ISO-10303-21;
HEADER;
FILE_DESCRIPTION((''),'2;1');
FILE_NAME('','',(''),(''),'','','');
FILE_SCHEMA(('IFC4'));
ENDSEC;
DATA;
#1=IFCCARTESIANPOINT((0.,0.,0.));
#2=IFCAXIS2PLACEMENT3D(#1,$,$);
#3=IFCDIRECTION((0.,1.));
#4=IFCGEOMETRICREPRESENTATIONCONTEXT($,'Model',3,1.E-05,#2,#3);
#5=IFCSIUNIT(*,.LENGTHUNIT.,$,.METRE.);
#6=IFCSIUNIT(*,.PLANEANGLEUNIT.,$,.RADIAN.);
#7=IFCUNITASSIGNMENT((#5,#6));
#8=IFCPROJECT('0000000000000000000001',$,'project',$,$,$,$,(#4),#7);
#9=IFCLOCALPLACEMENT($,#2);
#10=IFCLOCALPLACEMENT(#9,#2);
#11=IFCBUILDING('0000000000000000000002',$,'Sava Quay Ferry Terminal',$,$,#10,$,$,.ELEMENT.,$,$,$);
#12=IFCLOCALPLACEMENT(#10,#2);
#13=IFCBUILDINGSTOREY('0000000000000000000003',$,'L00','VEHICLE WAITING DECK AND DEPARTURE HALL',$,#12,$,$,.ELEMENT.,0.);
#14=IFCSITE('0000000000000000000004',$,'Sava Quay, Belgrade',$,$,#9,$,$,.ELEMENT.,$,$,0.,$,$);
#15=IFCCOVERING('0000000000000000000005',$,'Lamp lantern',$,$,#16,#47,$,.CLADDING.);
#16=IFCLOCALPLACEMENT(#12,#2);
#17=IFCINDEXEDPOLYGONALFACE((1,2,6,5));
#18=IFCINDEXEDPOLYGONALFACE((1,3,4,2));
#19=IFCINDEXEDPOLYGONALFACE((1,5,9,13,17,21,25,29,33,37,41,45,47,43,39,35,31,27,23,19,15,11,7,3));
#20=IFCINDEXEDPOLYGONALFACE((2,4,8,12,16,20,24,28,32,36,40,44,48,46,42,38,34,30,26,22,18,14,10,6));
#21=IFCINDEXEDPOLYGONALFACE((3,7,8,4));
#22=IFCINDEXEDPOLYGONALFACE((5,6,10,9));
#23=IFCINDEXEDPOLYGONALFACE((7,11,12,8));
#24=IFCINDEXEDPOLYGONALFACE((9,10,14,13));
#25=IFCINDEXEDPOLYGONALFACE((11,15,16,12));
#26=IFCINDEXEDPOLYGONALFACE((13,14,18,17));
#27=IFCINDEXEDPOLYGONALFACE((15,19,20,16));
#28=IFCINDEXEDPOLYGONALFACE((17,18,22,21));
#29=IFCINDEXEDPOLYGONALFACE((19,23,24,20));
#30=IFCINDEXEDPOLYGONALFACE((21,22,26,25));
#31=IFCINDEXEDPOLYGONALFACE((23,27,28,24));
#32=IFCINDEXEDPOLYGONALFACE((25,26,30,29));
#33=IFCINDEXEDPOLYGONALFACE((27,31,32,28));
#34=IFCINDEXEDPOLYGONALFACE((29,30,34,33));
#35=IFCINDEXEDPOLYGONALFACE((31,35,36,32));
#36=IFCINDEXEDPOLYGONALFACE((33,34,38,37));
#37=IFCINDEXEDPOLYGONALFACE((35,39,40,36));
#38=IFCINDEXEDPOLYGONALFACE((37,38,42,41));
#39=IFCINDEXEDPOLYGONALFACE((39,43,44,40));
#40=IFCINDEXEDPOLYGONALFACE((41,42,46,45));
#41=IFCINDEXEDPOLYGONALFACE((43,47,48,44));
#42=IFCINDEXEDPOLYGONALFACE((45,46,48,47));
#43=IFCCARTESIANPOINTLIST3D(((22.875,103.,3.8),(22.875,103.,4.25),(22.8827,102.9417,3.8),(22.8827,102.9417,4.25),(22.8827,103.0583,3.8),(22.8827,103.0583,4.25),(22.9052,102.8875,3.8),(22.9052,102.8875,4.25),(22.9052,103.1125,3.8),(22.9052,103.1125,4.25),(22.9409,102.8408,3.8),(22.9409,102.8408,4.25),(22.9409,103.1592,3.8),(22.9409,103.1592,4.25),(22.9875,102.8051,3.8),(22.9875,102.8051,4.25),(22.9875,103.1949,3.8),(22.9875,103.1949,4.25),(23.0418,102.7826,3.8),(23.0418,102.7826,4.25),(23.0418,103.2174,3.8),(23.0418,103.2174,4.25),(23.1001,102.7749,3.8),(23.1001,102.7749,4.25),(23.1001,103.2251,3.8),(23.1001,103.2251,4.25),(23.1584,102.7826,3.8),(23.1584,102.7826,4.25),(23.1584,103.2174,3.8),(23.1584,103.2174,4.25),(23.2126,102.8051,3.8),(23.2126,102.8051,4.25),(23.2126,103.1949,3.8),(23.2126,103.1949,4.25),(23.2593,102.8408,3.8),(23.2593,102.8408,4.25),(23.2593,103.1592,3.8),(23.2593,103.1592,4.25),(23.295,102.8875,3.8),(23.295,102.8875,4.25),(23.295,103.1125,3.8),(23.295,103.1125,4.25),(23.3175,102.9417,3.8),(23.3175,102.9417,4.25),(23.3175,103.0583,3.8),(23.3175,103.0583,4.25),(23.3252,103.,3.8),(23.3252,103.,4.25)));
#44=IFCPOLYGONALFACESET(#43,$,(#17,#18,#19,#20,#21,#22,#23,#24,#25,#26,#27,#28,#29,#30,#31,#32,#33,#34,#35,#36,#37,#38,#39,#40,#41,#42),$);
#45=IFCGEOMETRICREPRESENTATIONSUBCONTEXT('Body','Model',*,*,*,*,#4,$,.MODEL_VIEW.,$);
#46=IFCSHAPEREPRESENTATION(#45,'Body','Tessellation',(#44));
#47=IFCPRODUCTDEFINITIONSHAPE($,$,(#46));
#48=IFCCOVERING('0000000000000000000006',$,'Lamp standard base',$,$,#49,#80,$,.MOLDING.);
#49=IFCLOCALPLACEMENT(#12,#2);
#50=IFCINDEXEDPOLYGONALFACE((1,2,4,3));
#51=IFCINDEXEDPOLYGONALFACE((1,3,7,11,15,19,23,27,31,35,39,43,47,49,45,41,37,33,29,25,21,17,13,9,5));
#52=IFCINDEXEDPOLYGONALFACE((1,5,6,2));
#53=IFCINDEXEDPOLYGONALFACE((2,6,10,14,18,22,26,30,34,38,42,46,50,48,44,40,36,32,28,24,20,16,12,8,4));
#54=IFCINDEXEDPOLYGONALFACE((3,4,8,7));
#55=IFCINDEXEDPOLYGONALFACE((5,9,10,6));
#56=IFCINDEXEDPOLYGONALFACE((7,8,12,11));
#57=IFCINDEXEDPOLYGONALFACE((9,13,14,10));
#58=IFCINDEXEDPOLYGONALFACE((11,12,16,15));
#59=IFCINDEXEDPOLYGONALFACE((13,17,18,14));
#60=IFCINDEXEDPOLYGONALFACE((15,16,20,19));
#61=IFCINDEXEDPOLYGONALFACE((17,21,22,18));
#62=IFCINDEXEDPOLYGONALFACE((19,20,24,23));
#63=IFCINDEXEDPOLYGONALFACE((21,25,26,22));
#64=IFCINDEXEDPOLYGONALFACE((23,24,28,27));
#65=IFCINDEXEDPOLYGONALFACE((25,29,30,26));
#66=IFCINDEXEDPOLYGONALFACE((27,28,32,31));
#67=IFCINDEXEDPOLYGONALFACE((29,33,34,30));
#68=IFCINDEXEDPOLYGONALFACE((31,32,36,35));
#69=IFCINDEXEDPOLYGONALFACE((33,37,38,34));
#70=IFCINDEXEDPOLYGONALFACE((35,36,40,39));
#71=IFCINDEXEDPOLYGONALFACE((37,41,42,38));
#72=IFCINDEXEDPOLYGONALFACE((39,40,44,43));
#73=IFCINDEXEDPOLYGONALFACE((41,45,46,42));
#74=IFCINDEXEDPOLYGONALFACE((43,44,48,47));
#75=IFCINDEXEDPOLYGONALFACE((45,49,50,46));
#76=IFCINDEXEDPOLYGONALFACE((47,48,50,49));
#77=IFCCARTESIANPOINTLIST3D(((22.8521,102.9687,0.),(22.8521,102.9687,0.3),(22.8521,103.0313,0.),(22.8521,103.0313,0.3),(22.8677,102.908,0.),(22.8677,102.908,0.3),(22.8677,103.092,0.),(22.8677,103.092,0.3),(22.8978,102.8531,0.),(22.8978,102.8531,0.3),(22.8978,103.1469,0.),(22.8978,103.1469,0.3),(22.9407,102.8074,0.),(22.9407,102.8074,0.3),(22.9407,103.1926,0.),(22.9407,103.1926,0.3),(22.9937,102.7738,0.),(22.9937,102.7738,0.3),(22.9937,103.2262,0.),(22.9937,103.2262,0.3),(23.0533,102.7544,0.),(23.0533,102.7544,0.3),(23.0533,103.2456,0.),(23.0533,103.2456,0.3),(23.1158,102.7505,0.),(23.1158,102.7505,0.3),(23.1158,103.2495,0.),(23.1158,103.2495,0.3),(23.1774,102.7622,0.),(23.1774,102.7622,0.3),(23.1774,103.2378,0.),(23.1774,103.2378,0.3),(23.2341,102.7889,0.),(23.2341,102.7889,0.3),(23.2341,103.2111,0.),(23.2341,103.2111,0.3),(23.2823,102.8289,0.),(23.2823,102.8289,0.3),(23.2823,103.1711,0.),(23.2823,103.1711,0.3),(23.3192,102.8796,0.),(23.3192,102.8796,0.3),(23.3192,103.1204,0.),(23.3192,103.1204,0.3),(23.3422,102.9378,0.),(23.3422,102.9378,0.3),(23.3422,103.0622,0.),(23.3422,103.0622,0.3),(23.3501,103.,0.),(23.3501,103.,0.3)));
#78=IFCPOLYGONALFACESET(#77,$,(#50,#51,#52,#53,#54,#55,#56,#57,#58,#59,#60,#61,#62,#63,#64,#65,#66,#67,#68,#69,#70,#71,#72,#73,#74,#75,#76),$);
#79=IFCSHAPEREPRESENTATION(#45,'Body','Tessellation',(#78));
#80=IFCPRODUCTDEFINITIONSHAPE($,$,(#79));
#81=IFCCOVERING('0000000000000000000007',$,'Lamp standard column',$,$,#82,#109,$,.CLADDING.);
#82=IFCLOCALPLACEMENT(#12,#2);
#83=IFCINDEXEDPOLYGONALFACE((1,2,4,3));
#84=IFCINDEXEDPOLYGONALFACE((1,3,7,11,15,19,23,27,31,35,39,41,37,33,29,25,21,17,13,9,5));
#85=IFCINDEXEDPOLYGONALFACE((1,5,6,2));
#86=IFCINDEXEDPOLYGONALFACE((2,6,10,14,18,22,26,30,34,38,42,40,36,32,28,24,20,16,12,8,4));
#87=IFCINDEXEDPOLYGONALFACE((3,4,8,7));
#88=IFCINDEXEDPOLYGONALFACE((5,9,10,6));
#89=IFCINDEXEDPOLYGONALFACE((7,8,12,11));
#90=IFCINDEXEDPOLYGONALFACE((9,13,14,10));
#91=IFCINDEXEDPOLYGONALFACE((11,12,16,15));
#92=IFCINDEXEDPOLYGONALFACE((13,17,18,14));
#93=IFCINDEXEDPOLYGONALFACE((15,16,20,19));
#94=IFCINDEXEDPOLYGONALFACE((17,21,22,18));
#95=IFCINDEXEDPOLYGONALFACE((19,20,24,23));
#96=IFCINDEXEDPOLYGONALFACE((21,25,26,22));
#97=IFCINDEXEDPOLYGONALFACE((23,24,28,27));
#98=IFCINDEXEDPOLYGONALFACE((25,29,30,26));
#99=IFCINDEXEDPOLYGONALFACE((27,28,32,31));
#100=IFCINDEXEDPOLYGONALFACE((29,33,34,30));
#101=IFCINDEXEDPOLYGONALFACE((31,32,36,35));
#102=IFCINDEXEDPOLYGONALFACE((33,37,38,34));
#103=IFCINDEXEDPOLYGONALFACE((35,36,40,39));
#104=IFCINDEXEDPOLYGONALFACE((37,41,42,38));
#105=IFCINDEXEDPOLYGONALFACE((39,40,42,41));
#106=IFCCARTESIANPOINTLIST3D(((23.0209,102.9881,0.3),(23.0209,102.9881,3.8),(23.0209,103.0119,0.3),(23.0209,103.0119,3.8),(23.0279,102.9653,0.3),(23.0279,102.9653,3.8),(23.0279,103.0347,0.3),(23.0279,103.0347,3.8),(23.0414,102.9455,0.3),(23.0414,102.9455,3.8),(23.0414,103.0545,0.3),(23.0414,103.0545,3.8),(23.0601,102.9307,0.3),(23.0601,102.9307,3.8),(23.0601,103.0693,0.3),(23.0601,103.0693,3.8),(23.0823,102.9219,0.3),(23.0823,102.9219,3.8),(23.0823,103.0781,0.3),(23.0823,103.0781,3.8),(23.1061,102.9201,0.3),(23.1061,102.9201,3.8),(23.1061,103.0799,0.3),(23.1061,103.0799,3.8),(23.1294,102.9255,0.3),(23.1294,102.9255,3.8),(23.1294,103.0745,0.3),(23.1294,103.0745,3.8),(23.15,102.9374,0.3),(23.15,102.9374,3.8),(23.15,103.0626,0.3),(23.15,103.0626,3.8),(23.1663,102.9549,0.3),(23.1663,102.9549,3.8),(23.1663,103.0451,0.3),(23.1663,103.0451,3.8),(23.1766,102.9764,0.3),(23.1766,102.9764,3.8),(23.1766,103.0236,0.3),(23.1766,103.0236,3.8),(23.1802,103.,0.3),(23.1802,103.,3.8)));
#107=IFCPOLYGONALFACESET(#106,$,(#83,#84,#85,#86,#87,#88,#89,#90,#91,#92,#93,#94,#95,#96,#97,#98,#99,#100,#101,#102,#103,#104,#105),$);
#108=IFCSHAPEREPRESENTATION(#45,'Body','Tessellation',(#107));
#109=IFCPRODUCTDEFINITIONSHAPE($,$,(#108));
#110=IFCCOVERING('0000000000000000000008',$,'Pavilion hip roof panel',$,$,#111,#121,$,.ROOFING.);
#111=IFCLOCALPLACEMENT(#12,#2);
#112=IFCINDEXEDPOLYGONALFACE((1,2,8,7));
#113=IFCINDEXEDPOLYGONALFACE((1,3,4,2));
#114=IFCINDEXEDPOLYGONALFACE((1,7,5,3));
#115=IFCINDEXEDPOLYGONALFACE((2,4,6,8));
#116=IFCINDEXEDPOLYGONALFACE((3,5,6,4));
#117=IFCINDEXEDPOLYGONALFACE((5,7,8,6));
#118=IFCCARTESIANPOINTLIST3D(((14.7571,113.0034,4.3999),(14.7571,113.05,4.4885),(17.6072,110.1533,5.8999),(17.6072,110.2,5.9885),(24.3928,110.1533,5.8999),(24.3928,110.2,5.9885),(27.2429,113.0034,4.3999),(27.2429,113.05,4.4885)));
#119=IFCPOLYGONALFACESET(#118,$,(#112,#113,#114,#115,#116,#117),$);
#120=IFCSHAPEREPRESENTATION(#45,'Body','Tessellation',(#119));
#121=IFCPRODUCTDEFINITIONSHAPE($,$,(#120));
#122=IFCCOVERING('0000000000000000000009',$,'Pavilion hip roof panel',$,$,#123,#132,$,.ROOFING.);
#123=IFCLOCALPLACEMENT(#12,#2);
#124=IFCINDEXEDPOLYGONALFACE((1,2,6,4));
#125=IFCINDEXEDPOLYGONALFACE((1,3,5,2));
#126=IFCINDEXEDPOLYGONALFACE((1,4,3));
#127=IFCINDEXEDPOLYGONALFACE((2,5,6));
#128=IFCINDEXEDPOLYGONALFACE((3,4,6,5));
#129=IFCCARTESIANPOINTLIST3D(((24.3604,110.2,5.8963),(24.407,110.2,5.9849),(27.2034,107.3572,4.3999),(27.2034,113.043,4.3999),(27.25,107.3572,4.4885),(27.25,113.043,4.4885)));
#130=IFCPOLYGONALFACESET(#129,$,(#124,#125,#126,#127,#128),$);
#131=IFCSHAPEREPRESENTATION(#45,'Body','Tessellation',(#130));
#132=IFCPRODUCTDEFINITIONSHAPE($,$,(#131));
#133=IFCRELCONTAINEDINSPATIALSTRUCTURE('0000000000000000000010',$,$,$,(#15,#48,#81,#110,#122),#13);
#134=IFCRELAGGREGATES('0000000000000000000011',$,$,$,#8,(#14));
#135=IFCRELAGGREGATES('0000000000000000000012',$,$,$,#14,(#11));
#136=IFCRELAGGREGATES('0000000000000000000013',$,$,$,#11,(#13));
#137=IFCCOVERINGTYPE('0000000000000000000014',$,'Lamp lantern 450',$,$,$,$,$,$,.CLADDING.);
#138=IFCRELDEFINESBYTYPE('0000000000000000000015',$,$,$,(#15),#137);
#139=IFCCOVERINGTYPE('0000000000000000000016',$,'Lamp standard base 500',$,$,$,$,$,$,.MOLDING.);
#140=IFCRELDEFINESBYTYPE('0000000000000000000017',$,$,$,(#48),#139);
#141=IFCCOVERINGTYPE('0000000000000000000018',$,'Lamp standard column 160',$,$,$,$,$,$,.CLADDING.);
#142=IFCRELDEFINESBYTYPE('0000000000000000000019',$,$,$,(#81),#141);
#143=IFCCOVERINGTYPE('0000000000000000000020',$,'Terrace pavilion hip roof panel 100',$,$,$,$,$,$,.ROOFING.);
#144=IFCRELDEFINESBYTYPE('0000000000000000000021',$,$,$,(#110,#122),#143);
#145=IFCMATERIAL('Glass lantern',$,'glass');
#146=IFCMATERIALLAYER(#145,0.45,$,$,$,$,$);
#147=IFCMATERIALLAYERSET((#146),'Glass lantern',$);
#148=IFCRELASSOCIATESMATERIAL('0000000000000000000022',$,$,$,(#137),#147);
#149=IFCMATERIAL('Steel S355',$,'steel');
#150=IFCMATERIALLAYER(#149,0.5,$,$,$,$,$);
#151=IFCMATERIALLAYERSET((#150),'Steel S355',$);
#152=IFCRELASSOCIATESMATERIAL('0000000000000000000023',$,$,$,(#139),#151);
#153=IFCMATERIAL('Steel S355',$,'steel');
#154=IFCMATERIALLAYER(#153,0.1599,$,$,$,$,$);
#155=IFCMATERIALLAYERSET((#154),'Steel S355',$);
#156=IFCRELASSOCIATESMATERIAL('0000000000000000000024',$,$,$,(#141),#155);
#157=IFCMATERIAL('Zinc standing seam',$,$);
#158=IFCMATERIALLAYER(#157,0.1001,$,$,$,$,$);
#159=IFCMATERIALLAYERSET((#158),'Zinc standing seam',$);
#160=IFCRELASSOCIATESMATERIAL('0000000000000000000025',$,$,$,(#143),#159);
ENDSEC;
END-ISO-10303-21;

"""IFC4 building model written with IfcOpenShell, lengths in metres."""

from ifc_helpers import new_model, si_unit, direction, frame, origin, origin_2d, place, context, subcontext, project, spatial, polyline, circle, outline, extrude, material, layer, layer_set, type_object, element, save


model = new_model("IFC4")

# Units and contexts
model_context = context("Model", 3, precision=1e-05, world=origin(), true_north=direction((0.0, 1.0)))
body_context = subcontext(model_context, "Body", "Model", "MODEL_VIEW")
ifc_project = project(units=[si_unit("LENGTHUNIT", "METRE"), si_unit("PLANEANGLEUNIT", "RADIAN")], contexts=[model_context])

# Site, building, storey
site_placement = place(None, origin())
site = spatial("IfcSite", under=ifc_project, at=site_placement, Name="Sava Quay, Belgrade", CompositionType="ELEMENT", RefElevation=0.0)
building_placement = place(site_placement, origin())
building = spatial("IfcBuilding", under=site, at=building_placement, Name="Sava Quay Ferry Terminal", CompositionType="ELEMENT")
storey_placement = place(building_placement, origin())
storey = spatial("IfcBuildingStorey", under=building, at=storey_placement, Name="L00", Description="VEHICLE WAITING DECK AND DEPARTURE HALL", CompositionType="ELEMENT", Elevation=0.0)

# Coverings
ifc_material_1 = material(Name="Glass lantern", Category="glass")
ifc_layer_1 = layer(ifc_material_1, 0.45)
ifc_layer_set_1 = layer_set([ifc_layer_1], Name="Glass lantern")
covering_type_1 = type_object("IfcCoveringType", Name="Lamp lantern 450", PredefinedType="CLADDING", material=ifc_layer_set_1)
covering_1_placement = place(storey_placement, frame((23.1001, 103.0, 4.25), z_axis=(0.0, 0.0, -1.0), x_axis=(1.0, 0.0, 0.0)))
element("IfcCovering", 1, at=covering_1_placement, inside=storey, type_object=covering_type_1, Name="Lamp lantern", PredefinedType="CLADDING", context=body_context, shape_type="SweptSolid", body=[
    extrude(circle(Radius=0.2251, at=origin_2d()), origin(), (0.0, 0.0, 1.0), 0.45),
])
ifc_material_2 = material(Name="Steel S355", Category="steel")
ifc_layer_2 = layer(ifc_material_2, 0.5)
ifc_layer_set_2 = layer_set([ifc_layer_2], Name="Steel S355")
covering_type_2 = type_object("IfcCoveringType", Name="Lamp standard base 500", PredefinedType="MOLDING", material=ifc_layer_set_2)
covering_2_placement = place(storey_placement, frame((23.1001, 103.0, 0.3), z_axis=(0.0, 0.0, -1.0), x_axis=(1.0, 0.0, 0.0)))
element("IfcCovering", 2, at=covering_2_placement, inside=storey, type_object=covering_type_2, Name="Lamp standard base", PredefinedType="MOLDING", context=body_context, shape_type="SweptSolid", body=[
    extrude(circle(Radius=0.25, at=origin_2d()), origin(), (0.0, 0.0, 1.0), 0.3),
])
ifc_material_3 = material(Name="Steel S355", Category="steel")
ifc_layer_3 = layer(ifc_material_3, 0.1599)
ifc_layer_set_3 = layer_set([ifc_layer_3], Name="Steel S355")
covering_type_3 = type_object("IfcCoveringType", Name="Lamp standard column 160", PredefinedType="CLADDING", material=ifc_layer_set_3)
covering_3_placement = place(storey_placement, frame((23.1001, 103.0, 3.8), z_axis=(0.0, 0.0, -1.0), x_axis=(1.0, 0.0, 0.0)))
element("IfcCovering", 3, at=covering_3_placement, inside=storey, type_object=covering_type_3, Name="Lamp standard column", PredefinedType="CLADDING", context=body_context, shape_type="SweptSolid", body=[
    extrude(circle(Radius=0.0801, at=origin_2d()), origin(), (0.0, 0.0, 1.0), 3.5),
])
ifc_material_4 = material(Name="Zinc standing seam")
ifc_layer_4 = layer(ifc_material_4, 0.1001)
ifc_layer_set_4 = layer_set([ifc_layer_4], Name="Zinc standing seam")
covering_type_4 = type_object("IfcCoveringType", Name="Terrace pavilion hip roof panel 100", PredefinedType="ROOFING", material=ifc_layer_set_4)
covering_4_placement = place(storey_placement, frame((27.2429, 113.05, 4.4885), z_axis=(0.0, 0.465734, 0.884925), x_axis=(-1.0, 0.0, 0.0)))
element("IfcCovering", 4, at=covering_4_placement, inside=storey, type_object=covering_type_4, Name="Pavilion hip roof panel", PredefinedType="ROOFING", context=body_context, shape_type="SweptSolid", body=[
    extrude(outline(polyline([(0.0, 0.0), (12.4858, 0.0), (9.6357, 3.2207), (2.8501, 3.2207), (0.0, 0.0)])), origin(), (0.0, 0.0, -1.0), 0.1001),
])
covering_5_placement = place(storey_placement, frame((27.25, 113.043, 4.4885), z_axis=(0.46575, 0.0, 0.884917), x_axis=(0.0, -1.0, 0.0)))
element("IfcCovering", 5, at=covering_5_placement, inside=storey, type_object=covering_type_4, Name="Pavilion hip roof panel", PredefinedType="ROOFING", context=body_context, shape_type="SweptSolid", body=[
    extrude(outline(polyline([(0.0, 0.0), (5.6858, 0.0), (2.843, -3.2128), (0.0, 0.0)])), origin(), (0.0, 0.0, -1.0), 0.1001),
])

save(model, "model.ifc")
